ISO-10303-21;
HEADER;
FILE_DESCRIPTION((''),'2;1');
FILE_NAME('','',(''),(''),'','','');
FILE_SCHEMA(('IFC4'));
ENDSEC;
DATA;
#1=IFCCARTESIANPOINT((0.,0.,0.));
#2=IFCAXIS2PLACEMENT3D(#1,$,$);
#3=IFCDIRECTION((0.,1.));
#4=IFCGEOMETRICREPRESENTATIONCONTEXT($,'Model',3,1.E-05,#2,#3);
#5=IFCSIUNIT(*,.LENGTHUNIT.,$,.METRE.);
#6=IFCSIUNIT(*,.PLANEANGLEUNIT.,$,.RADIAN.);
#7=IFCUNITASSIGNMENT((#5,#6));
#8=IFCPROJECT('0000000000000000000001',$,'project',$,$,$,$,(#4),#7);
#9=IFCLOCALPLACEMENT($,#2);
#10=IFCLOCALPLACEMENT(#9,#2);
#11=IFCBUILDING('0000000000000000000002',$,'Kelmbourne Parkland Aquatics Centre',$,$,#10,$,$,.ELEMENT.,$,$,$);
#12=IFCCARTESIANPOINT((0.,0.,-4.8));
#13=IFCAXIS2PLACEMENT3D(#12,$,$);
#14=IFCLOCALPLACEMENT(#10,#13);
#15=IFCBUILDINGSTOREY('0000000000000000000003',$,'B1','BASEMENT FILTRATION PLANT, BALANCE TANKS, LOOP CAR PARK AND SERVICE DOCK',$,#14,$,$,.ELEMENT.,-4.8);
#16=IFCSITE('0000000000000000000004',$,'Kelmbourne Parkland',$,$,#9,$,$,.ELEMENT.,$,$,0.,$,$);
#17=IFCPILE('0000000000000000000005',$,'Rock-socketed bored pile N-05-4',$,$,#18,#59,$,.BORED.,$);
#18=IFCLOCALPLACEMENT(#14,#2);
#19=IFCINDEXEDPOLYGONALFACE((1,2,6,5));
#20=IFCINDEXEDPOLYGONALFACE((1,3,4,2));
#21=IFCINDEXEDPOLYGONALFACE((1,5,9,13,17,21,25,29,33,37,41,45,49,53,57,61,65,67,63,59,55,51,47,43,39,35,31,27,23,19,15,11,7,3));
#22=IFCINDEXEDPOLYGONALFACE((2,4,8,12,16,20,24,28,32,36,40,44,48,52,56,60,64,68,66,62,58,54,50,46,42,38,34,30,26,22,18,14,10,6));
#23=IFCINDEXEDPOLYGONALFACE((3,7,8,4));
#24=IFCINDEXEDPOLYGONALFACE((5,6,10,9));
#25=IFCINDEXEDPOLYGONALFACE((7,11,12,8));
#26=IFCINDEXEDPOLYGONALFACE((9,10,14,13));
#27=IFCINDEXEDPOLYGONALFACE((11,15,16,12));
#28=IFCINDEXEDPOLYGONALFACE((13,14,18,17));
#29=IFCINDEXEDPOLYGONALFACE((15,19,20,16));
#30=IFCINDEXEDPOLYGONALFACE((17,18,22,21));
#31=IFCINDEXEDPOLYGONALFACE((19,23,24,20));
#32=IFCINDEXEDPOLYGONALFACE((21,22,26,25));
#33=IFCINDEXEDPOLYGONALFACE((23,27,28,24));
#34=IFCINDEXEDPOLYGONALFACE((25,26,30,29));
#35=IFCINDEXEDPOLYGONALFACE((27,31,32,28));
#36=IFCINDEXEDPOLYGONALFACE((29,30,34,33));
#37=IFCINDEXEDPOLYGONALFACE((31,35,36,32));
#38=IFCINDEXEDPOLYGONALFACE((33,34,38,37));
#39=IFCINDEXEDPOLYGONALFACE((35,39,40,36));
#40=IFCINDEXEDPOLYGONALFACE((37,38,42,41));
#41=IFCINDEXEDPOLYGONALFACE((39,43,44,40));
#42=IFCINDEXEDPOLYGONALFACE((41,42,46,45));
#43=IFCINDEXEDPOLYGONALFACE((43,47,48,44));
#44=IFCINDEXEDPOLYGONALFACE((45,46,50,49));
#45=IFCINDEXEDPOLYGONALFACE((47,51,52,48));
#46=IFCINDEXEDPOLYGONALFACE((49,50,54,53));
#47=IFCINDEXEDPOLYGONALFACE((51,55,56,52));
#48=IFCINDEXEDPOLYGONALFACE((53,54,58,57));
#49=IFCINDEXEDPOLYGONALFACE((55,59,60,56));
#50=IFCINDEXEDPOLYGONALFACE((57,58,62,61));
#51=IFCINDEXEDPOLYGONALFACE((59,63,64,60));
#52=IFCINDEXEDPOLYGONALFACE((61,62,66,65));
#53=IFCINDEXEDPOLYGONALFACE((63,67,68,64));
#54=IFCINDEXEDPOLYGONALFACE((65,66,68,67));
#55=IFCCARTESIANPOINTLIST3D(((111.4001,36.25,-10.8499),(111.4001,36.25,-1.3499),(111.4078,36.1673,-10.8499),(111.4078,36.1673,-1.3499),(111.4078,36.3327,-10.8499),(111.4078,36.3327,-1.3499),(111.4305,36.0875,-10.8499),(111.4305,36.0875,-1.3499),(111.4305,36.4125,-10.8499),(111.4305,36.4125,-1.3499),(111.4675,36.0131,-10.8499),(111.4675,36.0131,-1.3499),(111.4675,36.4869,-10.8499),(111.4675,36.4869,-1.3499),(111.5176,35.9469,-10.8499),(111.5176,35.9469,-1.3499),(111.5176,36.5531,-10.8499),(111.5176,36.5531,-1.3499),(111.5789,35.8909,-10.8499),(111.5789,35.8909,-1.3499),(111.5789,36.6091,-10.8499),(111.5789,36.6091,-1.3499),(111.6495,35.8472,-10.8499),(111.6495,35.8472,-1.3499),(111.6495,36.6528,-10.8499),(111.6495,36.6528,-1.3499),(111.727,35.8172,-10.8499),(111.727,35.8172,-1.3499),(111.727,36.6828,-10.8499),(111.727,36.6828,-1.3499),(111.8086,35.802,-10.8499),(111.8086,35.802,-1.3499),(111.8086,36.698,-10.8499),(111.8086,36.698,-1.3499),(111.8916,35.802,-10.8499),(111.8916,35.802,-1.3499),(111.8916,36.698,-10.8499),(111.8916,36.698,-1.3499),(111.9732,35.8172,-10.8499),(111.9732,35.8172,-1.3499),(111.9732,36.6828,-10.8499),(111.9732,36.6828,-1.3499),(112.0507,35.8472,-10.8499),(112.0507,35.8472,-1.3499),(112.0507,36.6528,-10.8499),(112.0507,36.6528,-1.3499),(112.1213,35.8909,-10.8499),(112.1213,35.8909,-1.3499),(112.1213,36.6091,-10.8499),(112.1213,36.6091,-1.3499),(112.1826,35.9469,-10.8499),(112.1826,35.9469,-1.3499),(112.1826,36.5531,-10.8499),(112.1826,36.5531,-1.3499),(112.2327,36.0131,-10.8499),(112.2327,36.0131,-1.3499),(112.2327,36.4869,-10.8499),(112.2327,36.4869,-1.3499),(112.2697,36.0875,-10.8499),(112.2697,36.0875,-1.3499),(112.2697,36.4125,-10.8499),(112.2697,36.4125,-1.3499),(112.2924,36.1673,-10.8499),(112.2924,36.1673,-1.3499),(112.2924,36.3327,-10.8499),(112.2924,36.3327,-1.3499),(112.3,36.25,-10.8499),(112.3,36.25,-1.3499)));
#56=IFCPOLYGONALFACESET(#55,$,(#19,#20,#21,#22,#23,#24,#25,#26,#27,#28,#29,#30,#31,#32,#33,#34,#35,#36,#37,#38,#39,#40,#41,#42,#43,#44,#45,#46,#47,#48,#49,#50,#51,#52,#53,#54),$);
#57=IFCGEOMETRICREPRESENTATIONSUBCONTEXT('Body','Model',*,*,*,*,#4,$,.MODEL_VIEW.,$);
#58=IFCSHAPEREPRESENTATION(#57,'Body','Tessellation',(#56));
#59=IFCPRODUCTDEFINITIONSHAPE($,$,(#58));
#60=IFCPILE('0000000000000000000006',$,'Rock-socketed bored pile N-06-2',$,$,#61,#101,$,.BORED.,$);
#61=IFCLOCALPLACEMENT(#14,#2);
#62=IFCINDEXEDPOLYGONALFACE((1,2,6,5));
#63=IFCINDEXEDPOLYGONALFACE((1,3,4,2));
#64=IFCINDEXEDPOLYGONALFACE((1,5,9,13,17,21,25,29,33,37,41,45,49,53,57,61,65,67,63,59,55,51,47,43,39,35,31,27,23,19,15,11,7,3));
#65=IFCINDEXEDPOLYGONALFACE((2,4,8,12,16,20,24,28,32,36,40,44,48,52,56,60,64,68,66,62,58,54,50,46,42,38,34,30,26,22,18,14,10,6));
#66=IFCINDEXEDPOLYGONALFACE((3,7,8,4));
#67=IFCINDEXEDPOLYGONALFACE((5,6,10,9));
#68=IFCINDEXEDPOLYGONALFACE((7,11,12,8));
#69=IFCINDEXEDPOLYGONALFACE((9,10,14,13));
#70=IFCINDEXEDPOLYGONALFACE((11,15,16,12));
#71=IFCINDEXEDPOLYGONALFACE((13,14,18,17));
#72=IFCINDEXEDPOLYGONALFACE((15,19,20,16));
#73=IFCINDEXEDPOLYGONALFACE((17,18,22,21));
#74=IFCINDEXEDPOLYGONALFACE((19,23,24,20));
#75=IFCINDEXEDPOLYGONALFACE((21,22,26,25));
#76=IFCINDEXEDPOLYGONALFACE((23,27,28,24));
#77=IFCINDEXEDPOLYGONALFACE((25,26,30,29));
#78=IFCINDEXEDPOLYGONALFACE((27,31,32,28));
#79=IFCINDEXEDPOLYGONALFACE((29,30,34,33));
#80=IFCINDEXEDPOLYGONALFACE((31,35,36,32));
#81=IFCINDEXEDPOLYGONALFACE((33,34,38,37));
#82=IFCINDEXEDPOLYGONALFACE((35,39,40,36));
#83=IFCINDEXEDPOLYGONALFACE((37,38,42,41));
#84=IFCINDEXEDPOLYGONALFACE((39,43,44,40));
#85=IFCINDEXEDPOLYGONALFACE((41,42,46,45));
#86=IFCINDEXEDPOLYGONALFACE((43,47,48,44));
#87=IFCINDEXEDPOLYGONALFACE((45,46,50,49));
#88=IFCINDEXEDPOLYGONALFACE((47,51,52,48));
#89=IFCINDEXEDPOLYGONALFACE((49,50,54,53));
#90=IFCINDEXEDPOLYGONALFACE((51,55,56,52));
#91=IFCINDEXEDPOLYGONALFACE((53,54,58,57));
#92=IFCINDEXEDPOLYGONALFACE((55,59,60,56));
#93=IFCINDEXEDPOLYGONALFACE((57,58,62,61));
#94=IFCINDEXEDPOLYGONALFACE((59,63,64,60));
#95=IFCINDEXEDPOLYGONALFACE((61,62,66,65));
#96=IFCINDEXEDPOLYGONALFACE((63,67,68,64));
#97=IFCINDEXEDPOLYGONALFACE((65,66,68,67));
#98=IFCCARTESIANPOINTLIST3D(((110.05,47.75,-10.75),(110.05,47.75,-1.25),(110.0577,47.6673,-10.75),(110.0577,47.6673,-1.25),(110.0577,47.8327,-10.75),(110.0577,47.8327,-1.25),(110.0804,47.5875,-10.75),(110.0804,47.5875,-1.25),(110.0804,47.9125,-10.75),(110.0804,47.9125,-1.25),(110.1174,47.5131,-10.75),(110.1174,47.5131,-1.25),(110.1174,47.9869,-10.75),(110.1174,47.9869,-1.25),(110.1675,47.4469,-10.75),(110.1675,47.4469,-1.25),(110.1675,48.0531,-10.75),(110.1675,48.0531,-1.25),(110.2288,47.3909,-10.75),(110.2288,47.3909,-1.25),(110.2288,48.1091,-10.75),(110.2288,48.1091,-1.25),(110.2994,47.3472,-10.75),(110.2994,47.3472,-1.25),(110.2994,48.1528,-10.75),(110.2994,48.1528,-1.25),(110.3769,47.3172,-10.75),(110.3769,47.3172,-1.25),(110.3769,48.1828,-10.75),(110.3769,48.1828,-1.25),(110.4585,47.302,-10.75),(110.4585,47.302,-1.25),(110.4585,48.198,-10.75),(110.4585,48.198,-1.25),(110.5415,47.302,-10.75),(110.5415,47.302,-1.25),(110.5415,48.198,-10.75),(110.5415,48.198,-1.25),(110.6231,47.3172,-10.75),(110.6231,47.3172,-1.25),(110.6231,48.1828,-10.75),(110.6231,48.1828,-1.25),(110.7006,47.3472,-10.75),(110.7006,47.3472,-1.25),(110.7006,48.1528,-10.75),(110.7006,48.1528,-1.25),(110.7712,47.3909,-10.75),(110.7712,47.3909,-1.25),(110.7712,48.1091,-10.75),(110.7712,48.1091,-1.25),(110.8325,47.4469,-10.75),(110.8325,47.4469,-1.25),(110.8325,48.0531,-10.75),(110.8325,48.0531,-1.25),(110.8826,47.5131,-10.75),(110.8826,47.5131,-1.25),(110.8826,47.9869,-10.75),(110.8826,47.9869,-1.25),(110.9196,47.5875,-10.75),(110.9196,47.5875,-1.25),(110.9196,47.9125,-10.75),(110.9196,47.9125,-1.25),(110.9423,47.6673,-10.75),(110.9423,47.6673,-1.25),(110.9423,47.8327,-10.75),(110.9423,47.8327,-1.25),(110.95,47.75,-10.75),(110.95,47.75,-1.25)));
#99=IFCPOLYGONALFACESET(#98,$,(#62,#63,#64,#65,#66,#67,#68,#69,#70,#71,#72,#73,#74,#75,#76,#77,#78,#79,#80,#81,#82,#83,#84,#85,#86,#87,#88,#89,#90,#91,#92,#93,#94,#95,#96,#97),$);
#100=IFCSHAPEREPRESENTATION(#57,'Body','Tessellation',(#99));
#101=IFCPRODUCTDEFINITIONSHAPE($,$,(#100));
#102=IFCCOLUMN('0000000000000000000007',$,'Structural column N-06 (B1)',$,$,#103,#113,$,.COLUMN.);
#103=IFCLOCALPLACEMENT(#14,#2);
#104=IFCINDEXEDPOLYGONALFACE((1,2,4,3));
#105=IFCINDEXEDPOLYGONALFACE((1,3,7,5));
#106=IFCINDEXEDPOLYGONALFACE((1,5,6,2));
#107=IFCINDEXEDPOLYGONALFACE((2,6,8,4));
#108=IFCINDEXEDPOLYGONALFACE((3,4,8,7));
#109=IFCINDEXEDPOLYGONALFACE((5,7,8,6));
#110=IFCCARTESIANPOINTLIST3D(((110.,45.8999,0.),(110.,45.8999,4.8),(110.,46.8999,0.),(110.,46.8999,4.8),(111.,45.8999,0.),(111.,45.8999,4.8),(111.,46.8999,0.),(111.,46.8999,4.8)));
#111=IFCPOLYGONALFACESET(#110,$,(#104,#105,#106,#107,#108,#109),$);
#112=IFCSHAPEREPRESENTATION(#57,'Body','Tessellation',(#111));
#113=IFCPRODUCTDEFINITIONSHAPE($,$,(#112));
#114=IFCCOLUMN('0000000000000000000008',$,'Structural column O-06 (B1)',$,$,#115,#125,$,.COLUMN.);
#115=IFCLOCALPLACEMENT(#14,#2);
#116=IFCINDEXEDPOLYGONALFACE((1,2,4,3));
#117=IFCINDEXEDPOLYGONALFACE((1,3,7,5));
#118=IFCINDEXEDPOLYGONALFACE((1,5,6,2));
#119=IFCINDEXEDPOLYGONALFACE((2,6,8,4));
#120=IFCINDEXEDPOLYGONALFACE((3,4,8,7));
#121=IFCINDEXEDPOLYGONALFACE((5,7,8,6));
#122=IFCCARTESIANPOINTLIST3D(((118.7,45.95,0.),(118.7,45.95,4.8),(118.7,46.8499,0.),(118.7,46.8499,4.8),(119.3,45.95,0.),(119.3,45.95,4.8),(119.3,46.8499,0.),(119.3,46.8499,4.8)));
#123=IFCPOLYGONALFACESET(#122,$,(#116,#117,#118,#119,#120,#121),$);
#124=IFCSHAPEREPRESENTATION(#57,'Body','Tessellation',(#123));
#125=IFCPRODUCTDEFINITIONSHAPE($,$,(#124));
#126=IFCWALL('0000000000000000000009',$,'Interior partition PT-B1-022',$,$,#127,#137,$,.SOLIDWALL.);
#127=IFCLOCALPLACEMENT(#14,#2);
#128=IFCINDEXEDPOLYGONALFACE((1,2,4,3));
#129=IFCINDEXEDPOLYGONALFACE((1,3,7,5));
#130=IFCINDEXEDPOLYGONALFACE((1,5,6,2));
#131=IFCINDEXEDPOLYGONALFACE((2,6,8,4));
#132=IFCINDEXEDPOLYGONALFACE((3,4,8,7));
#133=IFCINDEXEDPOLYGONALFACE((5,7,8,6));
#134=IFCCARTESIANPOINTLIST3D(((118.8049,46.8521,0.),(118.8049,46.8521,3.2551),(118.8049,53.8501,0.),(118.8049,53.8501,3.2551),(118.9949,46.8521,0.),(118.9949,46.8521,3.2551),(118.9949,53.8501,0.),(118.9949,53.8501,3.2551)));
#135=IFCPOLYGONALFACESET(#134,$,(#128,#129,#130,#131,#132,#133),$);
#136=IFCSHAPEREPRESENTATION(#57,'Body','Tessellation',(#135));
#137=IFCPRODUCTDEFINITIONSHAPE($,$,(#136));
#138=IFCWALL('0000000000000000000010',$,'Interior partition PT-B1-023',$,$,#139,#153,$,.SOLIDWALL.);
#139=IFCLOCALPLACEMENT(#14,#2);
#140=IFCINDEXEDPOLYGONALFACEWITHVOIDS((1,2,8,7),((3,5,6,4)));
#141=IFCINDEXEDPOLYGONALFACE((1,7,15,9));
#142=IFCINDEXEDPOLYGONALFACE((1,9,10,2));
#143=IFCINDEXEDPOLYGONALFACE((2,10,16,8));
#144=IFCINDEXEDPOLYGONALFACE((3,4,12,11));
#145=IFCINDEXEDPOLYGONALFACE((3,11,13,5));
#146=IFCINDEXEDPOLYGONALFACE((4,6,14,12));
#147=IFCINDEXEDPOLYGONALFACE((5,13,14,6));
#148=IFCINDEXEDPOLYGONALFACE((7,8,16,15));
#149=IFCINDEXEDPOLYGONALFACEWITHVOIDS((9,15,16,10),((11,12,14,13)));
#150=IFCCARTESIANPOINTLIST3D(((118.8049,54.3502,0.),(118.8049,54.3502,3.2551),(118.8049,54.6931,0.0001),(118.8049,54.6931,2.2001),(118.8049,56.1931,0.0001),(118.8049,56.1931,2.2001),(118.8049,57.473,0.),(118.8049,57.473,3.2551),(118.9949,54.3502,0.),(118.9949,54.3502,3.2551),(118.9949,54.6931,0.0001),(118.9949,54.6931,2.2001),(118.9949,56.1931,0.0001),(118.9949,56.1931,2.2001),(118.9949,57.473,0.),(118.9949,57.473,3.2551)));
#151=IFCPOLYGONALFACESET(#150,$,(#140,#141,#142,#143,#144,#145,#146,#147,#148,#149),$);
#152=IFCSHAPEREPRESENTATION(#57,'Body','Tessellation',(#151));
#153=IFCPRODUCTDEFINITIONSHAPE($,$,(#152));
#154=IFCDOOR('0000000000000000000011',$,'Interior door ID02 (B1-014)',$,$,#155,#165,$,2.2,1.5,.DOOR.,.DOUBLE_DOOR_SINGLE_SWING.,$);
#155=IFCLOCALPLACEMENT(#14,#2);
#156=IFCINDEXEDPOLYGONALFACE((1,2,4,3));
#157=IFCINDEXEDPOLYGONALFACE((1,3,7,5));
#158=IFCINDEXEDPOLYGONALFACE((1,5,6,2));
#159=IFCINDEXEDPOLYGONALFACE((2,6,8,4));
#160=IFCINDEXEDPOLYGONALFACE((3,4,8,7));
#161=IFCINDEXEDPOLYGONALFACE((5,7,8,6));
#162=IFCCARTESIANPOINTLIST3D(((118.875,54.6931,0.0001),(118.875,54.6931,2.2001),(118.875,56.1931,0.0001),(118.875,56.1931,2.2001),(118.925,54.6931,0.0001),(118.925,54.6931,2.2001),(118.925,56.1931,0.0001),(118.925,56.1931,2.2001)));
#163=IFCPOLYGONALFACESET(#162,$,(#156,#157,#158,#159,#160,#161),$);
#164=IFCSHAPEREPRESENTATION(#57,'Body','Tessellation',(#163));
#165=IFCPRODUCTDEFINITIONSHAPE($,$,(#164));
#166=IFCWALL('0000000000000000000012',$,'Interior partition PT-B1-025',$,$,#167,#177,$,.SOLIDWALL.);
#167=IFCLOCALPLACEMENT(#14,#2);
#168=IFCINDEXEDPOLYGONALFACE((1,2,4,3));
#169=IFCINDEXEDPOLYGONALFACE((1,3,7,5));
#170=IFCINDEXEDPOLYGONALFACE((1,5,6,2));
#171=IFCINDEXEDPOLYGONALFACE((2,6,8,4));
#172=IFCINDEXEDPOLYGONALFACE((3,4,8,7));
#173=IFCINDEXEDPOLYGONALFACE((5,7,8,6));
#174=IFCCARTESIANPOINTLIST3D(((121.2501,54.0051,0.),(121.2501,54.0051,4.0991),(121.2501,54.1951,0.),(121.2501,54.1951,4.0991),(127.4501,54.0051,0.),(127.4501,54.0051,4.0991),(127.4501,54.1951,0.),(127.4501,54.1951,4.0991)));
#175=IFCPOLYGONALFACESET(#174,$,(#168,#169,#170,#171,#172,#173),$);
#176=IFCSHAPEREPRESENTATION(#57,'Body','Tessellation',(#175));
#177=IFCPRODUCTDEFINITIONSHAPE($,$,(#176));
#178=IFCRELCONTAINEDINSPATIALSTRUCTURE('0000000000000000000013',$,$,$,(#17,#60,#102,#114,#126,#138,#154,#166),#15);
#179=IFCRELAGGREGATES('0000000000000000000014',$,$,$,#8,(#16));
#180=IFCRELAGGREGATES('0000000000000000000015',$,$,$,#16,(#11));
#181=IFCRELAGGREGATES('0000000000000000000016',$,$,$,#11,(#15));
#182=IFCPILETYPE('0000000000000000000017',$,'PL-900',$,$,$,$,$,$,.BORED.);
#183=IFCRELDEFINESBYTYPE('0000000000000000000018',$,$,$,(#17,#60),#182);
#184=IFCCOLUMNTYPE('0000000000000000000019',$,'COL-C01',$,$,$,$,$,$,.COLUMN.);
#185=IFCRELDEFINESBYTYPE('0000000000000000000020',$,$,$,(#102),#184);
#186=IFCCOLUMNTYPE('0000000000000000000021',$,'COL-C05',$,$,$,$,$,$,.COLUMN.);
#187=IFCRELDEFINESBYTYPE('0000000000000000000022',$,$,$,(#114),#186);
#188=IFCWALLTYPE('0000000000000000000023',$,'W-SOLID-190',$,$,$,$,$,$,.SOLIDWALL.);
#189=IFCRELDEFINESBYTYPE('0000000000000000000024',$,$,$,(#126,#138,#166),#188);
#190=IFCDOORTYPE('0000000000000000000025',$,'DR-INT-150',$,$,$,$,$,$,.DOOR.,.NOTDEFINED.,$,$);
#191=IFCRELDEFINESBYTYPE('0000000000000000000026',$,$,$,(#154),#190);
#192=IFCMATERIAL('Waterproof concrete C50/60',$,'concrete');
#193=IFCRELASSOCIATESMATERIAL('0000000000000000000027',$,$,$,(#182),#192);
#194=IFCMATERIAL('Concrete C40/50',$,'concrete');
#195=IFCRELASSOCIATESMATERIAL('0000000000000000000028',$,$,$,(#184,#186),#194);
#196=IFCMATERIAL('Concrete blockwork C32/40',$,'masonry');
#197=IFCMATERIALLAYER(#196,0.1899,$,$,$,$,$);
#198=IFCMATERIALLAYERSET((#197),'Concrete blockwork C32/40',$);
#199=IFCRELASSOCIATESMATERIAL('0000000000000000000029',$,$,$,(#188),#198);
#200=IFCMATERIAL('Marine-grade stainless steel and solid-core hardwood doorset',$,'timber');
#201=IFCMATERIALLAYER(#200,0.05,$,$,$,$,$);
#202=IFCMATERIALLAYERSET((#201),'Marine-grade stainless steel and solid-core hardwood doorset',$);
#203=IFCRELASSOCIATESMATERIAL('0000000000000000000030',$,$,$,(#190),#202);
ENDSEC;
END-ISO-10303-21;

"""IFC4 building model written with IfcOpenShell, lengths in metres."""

from ifc_helpers import new_model, si_unit, direction, frame, frame_2d, origin, origin_2d, place, context, subcontext, project, spatial, rectangle, circle, extrude, material, layer, layer_set, material_profile, profile_set, type_object, element, fill, save


model = new_model("IFC4")

# Units and contexts
model_context = context("Model", 3, precision=1e-05, world=origin(), true_north=direction((0.0, 1.0)))
body_context = subcontext(model_context, "Body", "Model", "MODEL_VIEW")
ifc_project = project(units=[si_unit("LENGTHUNIT", "METRE"), si_unit("PLANEANGLEUNIT", "RADIAN")], contexts=[model_context])

# Site, building, storey
site_placement = place(None, origin())
site = spatial("IfcSite", under=ifc_project, at=site_placement, Name="Kelmbourne Parkland", CompositionType="ELEMENT", RefElevation=0.0)
building_placement = place(site_placement, origin())
building = spatial("IfcBuilding", under=site, at=building_placement, Name="Kelmbourne Parkland Aquatics Centre", CompositionType="ELEMENT")
storey_placement = place(building_placement, frame((0.0, 0.0, -4.8)))
storey = spatial("IfcBuildingStorey", under=building, at=storey_placement, Name="B1", Description="BASEMENT FILTRATION PLANT, BALANCE TANKS, LOOP CAR PARK AND SERVICE DOCK", CompositionType="ELEMENT", Elevation=-4.8)

# Shared definitions
ifc_material_1 = material(Name="Waterproof concrete C50/60", Category="concrete")

# Piles
ifc_material_profile_1 = material_profile(ifc_material_1, circle(Radius=0.45, at=origin_2d()), Name="PILE D900")
ifc_profile_set_1 = profile_set([ifc_material_profile_1], Name="Waterproof concrete C50/60")
pile_type_1 = type_object("IfcPileType", Name="PL-900", PredefinedType="BORED", material=ifc_profile_set_1)
for number, where, z_axis, x_axis, name in (
    (1, (111.8501, 36.25, -1.3499), (0.0, 0.0, -1.0), (1.0, 0.0, 0.0), "Rock-socketed bored pile N-05-4"),
    (2, (110.5, 47.75, -1.25), (0.0, 0.0, -1.0), (1.0, 0.0, 0.0), "Rock-socketed bored pile N-06-2"),
):
    element("IfcPile", number, at=place(storey_placement, frame(where, z_axis=z_axis, x_axis=x_axis)), inside=storey, type_object=pile_type_1, Name=name, PredefinedType="BORED", context=body_context, shape_type="SweptSolid", body=[
        extrude(circle(Radius=0.45, at=origin_2d()), origin(), (0.0, 0.0, 1.0), 9.5),
    ])

# Columns
ifc_material_2 = material(Name="Concrete C40/50", Category="concrete")
ifc_material_profile_2 = material_profile(ifc_material_2, rectangle(XDim=1.0, YDim=1.0, at=origin_2d()), Name="RC 1000x1000")
ifc_profile_set_2 = profile_set([ifc_material_profile_2], Name="Concrete C40/50")
column_type_1 = type_object("IfcColumnType", Name="COL-C01", PredefinedType="COLUMN", material=ifc_profile_set_2)
column_1_placement = place(storey_placement, frame((110.5, 46.3999, 0.0), z_axis=(0.0, 0.0, 1.0), x_axis=(1.0, 0.0, 0.0)))
element("IfcColumn", 3, at=column_1_placement, inside=storey, type_object=column_type_1, Name="Structural column N-06 (B1)", PredefinedType="COLUMN", context=body_context, shape_type="SweptSolid", body=[
    extrude(rectangle(XDim=1.0, YDim=1.0, at=origin_2d()), origin(), (0.0, 0.0, 1.0), 4.8),
])
ifc_material_profile_3 = material_profile(ifc_material_2, rectangle(XDim=0.6001, YDim=0.8999, at=origin_2d()), Name="RC 600x900")
ifc_profile_set_3 = profile_set([ifc_material_profile_3], Name="Concrete C40/50")
column_type_2 = type_object("IfcColumnType", Name="COL-C05", PredefinedType="COLUMN", material=ifc_profile_set_3)
column_2_placement = place(storey_placement, frame((119.0, 46.3999, 0.0), z_axis=(0.0, 0.0, 1.0), x_axis=(1.0, 0.0, 0.0)))
element("IfcColumn", 4, at=column_2_placement, inside=storey, type_object=column_type_2, Name="Structural column O-06 (B1)", PredefinedType="COLUMN", context=body_context, shape_type="SweptSolid", body=[
    extrude(rectangle(XDim=0.6001, YDim=0.8999, at=origin_2d()), origin(), (0.0, 0.0, 1.0), 4.8),
])

# Wall
ifc_material_3 = material(Name="Concrete blockwork C32/40", Category="masonry")
ifc_layer_1 = layer(ifc_material_3, 0.1899)
ifc_layer_set_1 = layer_set([ifc_layer_1], Name="Concrete blockwork C32/40")
wall_type = type_object("IfcWallType", Name="W-SOLID-190", PredefinedType="SOLIDWALL", material=ifc_layer_set_1)
wall_1_placement = place(storey_placement, frame((118.8999, 46.8521, 0.0), z_axis=(0.0, 0.0, 1.0), x_axis=(0.0, 1.0, 0.0)))
element("IfcWall", 5, at=wall_1_placement, inside=storey, type_object=wall_type, Name="Interior partition PT-B1-022", PredefinedType="SOLIDWALL", context=body_context, shape_type="SweptSolid", body=[
    extrude(rectangle(XDim=6.998, YDim=0.1899, at=frame_2d((3.499, 0.0))), origin(), (0.0, 0.0, 1.0), 3.2551),
])

# Wall, opening, door
wall_2_placement = place(storey_placement, frame((118.8999, 54.3501, 0.0), z_axis=(0.0, 0.0, 1.0), x_axis=(0.0, 1.0, 0.0)))
wall_2 = element("IfcWall", 6, at=wall_2_placement, inside=storey, type_object=wall_type, Name="Interior partition PT-B1-023", PredefinedType="SOLIDWALL", context=body_context, shape_type="SweptSolid", body=[
    extrude(rectangle(XDim=3.1228, YDim=0.1899, at=frame_2d((1.5615, 0.0))), origin(), (0.0, 0.0, 1.0), 3.2551),
])
opening_placement = place(wall_2_placement, frame((0.343, 0.0, 0.0)))
opening = element("IfcOpeningElement", 7, at=opening_placement, cuts=wall_2, PredefinedType="OPENING", context=body_context, shape_type="SweptSolid", body=[
    extrude(rectangle(XDim=1.5, YDim=2.2, at=frame_2d((0.75, 1.1001))), frame((0.0, 0.1069, 0.0), z_axis=(0.0, -1.0, 0.0), x_axis=(1.0, 0.0, 0.0)), (0.0, 0.0, 1.0), 0.2139),
])
ifc_material_4 = material(Name="Marine-grade stainless steel and solid-core hardwood doorset", Category="timber")
ifc_layer_2 = layer(ifc_material_4, 0.05)
ifc_layer_set_2 = layer_set([ifc_layer_2], Name="Marine-grade stainless steel and solid-core hardwood doorset")
door_type = type_object("IfcDoorType", Name="DR-INT-150", OperationType="NOTDEFINED", PredefinedType="DOOR", material=ifc_layer_set_2)
door_placement = place(opening_placement, origin())
door = element("IfcDoor", 8, at=door_placement, inside=storey, type_object=door_type, Name="Interior door ID02 (B1-014)", OperationType="DOUBLE_DOOR_SINGLE_SWING", OverallHeight=2.2, OverallWidth=1.5, PredefinedType="DOOR", context=body_context, shape_type="SweptSolid", body=[
    extrude(rectangle(XDim=1.5, YDim=2.2, at=frame_2d((0.75, 1.1001))), frame((0.0, 0.0249, 0.0), z_axis=(0.0, -1.0, 0.0), x_axis=(1.0, 0.0, 0.0)), (0.0, 0.0, 1.0), 0.05),
])
fill(opening, door)

# Wall
wall_3_placement = place(storey_placement, frame((121.25, 54.1001, 0.0), z_axis=(0.0, 0.0, 1.0), x_axis=(1.0, 0.0, 0.0)))
element("IfcWall", 9, at=wall_3_placement, inside=storey, type_object=wall_type, Name="Interior partition PT-B1-025", PredefinedType="SOLIDWALL", context=body_context, shape_type="SweptSolid", body=[
    extrude(rectangle(XDim=6.2, YDim=0.1899, at=frame_2d((3.1001, 0.0))), origin(), (0.0, 0.0, 1.0), 4.0991),
])

save(model, "model.ifc")
